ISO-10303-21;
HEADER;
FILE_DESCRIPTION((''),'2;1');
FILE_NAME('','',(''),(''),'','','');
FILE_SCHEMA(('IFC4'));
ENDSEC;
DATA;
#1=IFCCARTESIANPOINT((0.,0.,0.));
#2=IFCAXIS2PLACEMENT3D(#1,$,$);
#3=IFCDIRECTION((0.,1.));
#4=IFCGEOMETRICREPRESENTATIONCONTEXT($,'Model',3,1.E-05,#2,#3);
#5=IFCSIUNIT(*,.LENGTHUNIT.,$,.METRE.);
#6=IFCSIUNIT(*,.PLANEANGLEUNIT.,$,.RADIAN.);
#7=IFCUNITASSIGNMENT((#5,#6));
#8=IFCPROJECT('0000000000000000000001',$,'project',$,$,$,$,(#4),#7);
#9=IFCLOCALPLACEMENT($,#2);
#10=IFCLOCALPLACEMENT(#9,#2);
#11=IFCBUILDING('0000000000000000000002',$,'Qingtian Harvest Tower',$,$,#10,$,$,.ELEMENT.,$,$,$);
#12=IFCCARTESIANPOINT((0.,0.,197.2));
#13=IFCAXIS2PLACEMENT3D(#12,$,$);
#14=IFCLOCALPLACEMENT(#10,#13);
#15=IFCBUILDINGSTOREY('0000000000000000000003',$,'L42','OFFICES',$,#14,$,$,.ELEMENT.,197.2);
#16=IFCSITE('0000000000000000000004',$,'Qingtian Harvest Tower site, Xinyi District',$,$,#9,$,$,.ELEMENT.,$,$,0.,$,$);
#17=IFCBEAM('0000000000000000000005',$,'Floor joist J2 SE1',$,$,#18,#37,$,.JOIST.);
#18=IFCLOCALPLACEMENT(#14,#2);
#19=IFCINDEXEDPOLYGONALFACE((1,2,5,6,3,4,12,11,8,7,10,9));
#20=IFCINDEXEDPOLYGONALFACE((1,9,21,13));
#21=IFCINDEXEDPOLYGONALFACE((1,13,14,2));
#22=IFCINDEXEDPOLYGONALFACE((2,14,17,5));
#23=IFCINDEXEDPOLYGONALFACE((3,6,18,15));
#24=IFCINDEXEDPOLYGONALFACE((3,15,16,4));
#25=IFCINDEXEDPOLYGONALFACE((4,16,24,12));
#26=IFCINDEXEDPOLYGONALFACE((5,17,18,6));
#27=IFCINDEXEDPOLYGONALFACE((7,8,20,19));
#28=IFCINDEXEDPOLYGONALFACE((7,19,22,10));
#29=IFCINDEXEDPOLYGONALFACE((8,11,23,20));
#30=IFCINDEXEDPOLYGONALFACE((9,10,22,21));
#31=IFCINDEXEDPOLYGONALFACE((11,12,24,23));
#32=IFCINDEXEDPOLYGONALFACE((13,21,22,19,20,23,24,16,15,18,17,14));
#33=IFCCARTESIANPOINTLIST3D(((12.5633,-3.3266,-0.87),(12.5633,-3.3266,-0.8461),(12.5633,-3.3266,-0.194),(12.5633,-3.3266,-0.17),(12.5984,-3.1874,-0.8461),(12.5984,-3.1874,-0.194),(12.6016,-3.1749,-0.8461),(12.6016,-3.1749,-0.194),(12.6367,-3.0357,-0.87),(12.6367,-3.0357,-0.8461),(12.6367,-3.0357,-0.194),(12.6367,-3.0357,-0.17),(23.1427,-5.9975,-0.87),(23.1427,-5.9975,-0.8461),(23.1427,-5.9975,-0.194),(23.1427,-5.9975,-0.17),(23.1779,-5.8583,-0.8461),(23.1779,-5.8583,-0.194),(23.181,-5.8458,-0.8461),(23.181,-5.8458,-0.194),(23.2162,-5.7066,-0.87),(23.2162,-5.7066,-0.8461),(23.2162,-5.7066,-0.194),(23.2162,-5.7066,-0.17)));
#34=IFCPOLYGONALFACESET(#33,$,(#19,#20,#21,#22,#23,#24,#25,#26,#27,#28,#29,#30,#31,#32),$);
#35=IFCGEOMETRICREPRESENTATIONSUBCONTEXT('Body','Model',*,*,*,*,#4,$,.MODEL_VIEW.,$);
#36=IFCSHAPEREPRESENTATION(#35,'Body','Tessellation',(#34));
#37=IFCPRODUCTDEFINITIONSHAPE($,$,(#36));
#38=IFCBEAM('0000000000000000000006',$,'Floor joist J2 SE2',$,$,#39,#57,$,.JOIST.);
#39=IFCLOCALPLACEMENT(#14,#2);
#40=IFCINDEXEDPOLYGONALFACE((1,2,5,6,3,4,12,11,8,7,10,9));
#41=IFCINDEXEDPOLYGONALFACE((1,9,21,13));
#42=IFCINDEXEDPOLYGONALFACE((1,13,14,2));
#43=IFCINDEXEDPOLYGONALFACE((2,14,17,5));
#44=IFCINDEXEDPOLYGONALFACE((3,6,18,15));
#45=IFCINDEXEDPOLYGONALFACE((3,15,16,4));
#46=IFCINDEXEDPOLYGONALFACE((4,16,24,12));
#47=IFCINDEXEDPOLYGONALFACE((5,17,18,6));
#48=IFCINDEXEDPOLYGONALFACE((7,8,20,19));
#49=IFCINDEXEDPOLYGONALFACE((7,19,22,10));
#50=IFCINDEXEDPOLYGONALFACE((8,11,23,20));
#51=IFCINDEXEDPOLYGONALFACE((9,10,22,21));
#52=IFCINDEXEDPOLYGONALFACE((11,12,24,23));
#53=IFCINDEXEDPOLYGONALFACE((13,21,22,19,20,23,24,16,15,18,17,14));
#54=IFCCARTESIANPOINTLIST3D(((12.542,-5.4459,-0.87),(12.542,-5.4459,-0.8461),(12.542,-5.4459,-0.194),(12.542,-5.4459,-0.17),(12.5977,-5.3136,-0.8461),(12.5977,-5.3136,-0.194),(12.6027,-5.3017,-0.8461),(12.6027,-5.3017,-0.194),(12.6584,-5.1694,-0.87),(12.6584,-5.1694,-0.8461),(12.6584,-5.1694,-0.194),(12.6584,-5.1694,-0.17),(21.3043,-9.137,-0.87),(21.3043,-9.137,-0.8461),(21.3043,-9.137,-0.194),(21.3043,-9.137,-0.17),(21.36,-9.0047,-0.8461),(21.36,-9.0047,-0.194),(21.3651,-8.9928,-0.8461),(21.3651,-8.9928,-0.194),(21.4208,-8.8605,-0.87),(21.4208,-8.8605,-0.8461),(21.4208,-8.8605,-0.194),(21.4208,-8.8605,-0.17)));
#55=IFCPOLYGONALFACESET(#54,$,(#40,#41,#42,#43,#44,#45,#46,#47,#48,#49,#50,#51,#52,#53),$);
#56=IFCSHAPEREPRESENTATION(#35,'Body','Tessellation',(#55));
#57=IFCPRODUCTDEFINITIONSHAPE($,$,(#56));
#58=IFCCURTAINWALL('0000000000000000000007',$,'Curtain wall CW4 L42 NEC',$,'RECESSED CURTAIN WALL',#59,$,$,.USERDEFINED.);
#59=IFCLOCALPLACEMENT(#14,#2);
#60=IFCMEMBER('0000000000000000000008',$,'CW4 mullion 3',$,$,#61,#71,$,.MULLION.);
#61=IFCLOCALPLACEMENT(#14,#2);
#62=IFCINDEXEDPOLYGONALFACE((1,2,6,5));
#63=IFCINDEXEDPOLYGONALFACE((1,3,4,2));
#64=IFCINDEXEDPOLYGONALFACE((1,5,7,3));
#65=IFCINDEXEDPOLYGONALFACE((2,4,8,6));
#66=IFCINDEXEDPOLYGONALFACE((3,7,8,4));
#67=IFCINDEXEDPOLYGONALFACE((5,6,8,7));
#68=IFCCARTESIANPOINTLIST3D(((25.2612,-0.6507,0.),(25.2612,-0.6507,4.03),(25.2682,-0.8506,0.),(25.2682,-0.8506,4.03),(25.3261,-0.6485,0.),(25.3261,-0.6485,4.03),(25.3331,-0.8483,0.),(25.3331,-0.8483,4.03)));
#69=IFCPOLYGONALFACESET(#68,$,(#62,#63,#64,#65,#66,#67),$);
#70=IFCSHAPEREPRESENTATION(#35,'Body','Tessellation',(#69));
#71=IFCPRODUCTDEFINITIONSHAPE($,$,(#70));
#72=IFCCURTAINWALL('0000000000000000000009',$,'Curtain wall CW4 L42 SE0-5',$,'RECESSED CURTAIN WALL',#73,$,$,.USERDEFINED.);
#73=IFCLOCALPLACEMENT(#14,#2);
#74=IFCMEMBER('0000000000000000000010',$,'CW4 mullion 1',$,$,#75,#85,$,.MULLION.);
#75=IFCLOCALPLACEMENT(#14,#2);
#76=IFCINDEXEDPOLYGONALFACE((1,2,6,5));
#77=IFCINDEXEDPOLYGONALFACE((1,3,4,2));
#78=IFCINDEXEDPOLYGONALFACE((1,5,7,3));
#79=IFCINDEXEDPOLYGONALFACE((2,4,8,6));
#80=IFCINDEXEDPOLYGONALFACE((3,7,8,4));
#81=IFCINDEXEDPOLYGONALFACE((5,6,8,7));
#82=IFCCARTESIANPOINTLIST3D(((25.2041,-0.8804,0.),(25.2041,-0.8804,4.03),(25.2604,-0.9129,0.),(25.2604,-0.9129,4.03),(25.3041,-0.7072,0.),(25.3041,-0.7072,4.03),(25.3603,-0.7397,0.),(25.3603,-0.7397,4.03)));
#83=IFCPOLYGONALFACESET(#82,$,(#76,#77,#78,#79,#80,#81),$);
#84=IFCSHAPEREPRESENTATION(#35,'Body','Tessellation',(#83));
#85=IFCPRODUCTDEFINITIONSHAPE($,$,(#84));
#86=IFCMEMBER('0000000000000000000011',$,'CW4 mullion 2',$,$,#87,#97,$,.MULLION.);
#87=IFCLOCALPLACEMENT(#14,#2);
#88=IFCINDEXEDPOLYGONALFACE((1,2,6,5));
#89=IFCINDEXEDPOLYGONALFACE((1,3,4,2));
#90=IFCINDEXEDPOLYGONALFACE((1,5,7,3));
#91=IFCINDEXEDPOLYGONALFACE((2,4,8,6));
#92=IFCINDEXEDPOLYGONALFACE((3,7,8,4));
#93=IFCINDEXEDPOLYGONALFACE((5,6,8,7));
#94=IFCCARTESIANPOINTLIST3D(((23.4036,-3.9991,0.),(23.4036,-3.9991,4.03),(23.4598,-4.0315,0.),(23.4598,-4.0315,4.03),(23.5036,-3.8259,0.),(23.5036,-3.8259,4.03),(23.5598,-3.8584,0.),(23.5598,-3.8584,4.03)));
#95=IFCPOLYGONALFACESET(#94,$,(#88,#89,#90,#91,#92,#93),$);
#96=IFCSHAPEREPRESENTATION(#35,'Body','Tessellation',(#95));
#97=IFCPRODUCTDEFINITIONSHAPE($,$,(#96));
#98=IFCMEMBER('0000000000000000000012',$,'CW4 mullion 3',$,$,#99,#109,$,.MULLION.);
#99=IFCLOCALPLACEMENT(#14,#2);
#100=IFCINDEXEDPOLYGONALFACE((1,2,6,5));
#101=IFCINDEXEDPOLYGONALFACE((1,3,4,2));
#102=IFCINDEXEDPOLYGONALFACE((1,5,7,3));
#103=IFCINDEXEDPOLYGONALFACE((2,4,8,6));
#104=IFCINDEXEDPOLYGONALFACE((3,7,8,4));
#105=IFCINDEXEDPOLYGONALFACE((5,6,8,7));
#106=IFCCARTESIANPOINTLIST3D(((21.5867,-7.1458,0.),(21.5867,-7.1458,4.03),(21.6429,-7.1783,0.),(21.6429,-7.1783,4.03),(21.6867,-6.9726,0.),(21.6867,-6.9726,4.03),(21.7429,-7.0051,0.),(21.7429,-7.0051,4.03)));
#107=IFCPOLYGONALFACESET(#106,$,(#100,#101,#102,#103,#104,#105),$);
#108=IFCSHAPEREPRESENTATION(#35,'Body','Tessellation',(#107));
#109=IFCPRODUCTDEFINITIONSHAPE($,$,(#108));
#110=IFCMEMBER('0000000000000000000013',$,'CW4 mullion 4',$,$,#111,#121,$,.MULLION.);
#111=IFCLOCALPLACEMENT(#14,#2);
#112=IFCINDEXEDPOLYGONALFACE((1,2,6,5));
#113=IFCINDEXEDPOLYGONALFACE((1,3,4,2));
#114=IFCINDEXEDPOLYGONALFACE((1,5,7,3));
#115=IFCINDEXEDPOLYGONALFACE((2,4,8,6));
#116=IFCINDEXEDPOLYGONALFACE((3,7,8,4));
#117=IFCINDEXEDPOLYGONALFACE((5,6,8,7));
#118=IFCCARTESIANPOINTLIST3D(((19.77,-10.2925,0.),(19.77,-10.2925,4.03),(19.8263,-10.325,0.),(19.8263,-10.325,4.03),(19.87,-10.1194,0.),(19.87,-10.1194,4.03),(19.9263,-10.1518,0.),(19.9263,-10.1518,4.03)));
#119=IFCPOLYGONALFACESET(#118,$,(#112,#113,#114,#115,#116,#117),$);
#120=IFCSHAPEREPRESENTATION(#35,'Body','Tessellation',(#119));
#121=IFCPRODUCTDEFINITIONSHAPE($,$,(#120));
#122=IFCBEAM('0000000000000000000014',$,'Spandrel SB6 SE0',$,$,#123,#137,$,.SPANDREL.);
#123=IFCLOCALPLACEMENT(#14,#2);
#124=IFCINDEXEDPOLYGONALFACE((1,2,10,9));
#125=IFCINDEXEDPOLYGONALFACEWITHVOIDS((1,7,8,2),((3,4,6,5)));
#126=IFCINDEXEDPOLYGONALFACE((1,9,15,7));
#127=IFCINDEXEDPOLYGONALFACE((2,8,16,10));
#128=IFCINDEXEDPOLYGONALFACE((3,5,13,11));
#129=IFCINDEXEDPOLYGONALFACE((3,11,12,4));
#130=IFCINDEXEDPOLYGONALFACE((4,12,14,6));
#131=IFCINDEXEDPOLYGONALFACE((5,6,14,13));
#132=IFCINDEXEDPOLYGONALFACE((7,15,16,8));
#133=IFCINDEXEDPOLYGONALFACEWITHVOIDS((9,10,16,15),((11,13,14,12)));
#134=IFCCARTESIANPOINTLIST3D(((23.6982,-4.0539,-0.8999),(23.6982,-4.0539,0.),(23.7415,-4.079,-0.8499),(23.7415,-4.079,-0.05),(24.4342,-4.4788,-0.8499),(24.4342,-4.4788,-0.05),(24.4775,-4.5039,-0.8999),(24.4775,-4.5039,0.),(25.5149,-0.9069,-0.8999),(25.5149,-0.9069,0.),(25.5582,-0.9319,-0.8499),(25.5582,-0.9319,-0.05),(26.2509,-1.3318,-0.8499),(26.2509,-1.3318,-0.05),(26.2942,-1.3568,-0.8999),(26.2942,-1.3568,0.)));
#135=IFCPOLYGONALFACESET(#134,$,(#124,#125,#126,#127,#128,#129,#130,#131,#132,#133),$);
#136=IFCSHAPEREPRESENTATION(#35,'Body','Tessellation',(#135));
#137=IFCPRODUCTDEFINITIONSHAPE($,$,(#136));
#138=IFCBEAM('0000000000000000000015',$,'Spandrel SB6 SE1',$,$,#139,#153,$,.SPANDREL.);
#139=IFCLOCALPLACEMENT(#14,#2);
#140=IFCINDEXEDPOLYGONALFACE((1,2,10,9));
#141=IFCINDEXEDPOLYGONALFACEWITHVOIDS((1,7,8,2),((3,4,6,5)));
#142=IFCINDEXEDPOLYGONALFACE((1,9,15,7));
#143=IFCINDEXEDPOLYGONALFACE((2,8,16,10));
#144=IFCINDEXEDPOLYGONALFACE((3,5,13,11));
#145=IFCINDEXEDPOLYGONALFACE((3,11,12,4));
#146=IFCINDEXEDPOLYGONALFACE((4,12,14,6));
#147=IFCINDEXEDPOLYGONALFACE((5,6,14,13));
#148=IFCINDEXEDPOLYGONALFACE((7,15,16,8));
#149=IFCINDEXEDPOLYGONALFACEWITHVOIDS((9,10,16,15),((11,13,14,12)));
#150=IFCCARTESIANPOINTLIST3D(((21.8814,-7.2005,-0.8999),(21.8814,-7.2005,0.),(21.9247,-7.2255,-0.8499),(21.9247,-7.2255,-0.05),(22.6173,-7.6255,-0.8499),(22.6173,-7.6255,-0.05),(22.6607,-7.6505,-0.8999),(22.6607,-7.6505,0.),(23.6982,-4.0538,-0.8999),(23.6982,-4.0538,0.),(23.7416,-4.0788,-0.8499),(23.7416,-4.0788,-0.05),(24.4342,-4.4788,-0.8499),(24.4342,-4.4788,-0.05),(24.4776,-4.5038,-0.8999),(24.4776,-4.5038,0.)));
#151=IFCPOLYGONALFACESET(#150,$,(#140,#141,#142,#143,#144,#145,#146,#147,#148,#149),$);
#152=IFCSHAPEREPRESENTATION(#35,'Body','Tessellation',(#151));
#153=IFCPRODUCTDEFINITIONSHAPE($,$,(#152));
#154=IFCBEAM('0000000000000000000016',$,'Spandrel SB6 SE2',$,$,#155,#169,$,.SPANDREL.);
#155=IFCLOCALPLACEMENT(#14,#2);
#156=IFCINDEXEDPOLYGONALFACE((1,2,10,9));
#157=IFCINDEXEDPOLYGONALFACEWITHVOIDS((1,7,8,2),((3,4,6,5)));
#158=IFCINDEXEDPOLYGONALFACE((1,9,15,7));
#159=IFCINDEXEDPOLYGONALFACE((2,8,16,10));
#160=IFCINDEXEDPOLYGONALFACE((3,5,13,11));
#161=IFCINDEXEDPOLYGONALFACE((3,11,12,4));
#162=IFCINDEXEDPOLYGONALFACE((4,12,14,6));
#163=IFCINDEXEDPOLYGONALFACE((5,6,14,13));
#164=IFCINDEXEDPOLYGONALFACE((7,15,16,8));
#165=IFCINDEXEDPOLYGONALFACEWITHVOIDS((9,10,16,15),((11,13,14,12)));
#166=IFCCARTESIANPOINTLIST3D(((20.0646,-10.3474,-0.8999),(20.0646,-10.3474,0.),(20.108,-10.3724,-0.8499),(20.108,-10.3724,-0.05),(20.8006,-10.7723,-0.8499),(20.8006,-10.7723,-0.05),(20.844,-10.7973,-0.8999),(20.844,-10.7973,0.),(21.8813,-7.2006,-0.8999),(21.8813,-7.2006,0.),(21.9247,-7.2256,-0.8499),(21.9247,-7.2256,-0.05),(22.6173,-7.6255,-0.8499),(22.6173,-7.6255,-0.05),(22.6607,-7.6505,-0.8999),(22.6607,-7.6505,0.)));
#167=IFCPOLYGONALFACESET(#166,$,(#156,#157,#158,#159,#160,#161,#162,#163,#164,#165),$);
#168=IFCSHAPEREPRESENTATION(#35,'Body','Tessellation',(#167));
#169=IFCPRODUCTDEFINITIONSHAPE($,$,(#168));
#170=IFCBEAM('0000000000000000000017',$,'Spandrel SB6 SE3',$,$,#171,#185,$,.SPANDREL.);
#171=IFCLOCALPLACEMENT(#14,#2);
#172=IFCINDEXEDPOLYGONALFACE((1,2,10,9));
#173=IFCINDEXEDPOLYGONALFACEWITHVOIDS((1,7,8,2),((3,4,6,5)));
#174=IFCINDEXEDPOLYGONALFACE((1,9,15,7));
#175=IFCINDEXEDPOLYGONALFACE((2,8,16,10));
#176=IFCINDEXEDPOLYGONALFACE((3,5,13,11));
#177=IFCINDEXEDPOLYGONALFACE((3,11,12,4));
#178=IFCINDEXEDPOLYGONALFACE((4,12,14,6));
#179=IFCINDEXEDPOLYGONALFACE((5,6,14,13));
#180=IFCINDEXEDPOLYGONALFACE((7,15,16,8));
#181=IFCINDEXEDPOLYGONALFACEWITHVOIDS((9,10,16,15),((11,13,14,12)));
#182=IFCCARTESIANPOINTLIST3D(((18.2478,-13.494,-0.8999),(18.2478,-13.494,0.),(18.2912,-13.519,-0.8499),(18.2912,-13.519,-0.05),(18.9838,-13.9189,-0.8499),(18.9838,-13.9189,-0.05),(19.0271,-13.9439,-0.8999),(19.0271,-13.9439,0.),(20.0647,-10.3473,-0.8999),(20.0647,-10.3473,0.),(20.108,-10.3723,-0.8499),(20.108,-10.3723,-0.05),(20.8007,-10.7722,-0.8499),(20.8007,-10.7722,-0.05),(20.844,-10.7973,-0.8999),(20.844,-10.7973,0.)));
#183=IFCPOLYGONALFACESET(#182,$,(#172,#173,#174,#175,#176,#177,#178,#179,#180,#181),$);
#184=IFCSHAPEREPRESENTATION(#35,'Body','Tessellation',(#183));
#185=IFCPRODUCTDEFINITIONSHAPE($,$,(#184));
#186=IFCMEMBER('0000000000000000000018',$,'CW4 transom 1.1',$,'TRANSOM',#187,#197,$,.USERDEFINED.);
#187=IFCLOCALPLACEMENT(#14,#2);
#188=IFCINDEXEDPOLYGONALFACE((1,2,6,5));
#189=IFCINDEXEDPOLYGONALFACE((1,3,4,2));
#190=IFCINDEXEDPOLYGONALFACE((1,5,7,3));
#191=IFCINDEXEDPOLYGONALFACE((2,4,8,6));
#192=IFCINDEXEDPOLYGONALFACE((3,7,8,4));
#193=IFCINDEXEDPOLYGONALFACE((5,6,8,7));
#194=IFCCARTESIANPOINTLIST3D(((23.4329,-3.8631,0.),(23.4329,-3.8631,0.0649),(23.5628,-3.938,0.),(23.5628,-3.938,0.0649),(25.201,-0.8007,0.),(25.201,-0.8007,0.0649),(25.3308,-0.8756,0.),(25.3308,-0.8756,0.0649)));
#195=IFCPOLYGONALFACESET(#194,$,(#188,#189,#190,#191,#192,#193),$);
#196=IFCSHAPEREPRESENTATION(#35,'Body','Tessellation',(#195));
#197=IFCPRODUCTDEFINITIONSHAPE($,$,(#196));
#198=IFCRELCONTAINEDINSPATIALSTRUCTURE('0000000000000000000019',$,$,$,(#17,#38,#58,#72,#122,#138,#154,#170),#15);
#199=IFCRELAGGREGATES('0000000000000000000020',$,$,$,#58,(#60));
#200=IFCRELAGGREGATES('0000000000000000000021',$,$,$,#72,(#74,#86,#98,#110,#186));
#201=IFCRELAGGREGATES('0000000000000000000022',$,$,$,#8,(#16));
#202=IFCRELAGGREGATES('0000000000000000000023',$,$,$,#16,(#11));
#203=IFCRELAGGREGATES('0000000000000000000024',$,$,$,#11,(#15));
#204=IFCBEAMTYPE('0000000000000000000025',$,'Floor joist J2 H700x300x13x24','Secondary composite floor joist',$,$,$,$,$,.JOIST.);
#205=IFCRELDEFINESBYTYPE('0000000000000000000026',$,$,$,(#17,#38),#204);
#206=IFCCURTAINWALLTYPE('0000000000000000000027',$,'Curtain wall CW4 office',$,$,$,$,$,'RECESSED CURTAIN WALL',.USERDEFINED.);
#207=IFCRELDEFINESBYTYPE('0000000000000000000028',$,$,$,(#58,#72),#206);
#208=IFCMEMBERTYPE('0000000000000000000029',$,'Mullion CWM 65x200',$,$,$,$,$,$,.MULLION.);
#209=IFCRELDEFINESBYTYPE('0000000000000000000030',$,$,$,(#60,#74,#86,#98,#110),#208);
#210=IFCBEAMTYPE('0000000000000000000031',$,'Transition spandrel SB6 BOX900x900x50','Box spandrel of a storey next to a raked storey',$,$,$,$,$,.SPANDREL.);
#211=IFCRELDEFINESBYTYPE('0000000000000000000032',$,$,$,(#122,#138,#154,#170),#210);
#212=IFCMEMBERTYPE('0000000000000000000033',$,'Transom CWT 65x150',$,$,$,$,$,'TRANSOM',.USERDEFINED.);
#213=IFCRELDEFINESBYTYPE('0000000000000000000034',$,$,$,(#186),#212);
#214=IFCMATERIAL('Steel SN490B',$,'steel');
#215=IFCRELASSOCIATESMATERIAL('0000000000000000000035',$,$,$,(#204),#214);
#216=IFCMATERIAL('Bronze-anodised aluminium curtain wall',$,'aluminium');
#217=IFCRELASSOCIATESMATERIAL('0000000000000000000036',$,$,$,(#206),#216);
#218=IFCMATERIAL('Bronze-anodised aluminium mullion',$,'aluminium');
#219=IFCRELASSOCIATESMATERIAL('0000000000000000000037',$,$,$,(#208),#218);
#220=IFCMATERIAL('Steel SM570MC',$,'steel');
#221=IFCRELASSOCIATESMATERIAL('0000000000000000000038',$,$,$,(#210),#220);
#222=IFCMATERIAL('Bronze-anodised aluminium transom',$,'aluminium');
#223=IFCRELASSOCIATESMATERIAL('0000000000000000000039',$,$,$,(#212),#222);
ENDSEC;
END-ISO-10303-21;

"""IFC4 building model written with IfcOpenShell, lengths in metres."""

from ifc_helpers import new_model, si_unit, direction, frame, origin, origin_2d, place, context, subcontext, project, spatial, rectangle, hollow_rectangle, i_section, extrude, material, material_profile, profile_set, type_object, element, aggregate, save


model = new_model("IFC4")

# Units and contexts
model_context = context("Model", 3, precision=1e-05, world=origin(), true_north=direction((0.0, 1.0)))
body_context = subcontext(model_context, "Body", "Model", "MODEL_VIEW")
ifc_project = project(units=[si_unit("LENGTHUNIT", "METRE"), si_unit("PLANEANGLEUNIT", "RADIAN")], contexts=[model_context])

# Site, building, storey
site_placement = place(None, origin())
site = spatial("IfcSite", under=ifc_project, at=site_placement, Name="Qingtian Harvest Tower site, Xinyi District", CompositionType="ELEMENT", RefElevation=0.0)
building_placement = place(site_placement, origin())
building = spatial("IfcBuilding", under=site, at=building_placement, Name="Qingtian Harvest Tower", CompositionType="ELEMENT")
storey_placement = place(building_placement, frame((0.0, 0.0, 197.2)))
storey = spatial("IfcBuildingStorey", under=building, at=storey_placement, Name="L42", Description="OFFICES", CompositionType="ELEMENT", Elevation=197.2)

# Beams
ifc_material_1 = material(Name="Steel SN490B", Category="steel")
ifc_material_profile_1 = material_profile(ifc_material_1, i_section(OverallWidth=0.3, OverallDepth=0.7, WebThickness=0.0129, FlangeThickness=0.0239, at=origin_2d()), Name="H700x300x13x24")
ifc_profile_set_1 = profile_set([ifc_material_profile_1], Name="Steel SN490B")
beam_type_1 = type_object("IfcBeamType", Name="Floor joist J2 H700x300x13x24", Description="Secondary composite floor joist", PredefinedType="JOIST", material=ifc_profile_set_1)
beam_1_placement = place(storey_placement, frame((23.1794, -5.8521, -0.52), z_axis=(-0.969578, 0.244783, 0.0), x_axis=(-0.244783, -0.969578, 0.0)))
element("IfcBeam", 1, at=beam_1_placement, inside=storey, type_object=beam_type_1, Name="Floor joist J2 SE1", PredefinedType="JOIST", context=body_context, shape_type="SweptSolid", body=[
    extrude(i_section(OverallWidth=0.3, OverallDepth=0.7, WebThickness=0.0129, FlangeThickness=0.0239, at=origin_2d()), origin(), (0.0, 0.0, 1.0), 10.9114),
])
beam_2_placement = place(storey_placement, frame((21.3625, -8.9988, -0.52), z_axis=(-0.921571, 0.38821, 0.0), x_axis=(-0.38821, -0.921571, 0.0)))
element("IfcBeam", 2, at=beam_2_placement, inside=storey, type_object=beam_type_1, Name="Floor joist J2 SE2", PredefinedType="JOIST", context=body_context, shape_type="SweptSolid", body=[
    extrude(i_section(OverallWidth=0.3, OverallDepth=0.7, WebThickness=0.0129, FlangeThickness=0.0239, at=origin_2d()), origin(), (0.0, 0.0, 1.0), 9.5081),
])

# Curtain wall, member
ifc_material_2 = material(Name="Bronze-anodised aluminium curtain wall", Category="aluminium")
curtain_wall_type = type_object("IfcCurtainWallType", Name="Curtain wall CW4 office", ElementType="RECESSED CURTAIN WALL", PredefinedType="USERDEFINED", material=ifc_material_2)
curtain_wall_1_placement = place(storey_placement, origin())
curtain_wall_1 = element("IfcCurtainWall", 3, at=curtain_wall_1_placement, inside=storey, type_object=curtain_wall_type, Name="Curtain wall CW4 L42 NEC", ObjectType="RECESSED CURTAIN WALL", PredefinedType="USERDEFINED")
ifc_material_3 = material(Name="Bronze-anodised aluminium mullion", Category="aluminium")
ifc_material_profile_2 = material_profile(ifc_material_3, rectangle(XDim=0.0649, YDim=0.2, at=origin_2d()), Name="AL 65x200")
ifc_profile_set_2 = profile_set([ifc_material_profile_2], Name="Bronze-anodised aluminium mullion")
member_type_1 = type_object("IfcMemberType", Name="Mullion CWM 65x200", PredefinedType="MULLION", material=ifc_profile_set_2)
member_1_placement = place(storey_placement, frame((25.2971, -0.7495, 0.0), z_axis=(0.0, 0.0, 1.0), x_axis=(0.999391, 0.034899, 0.0)))
member_1 = element("IfcMember", 4, at=member_1_placement, type_object=member_type_1, Name="CW4 mullion 3", PredefinedType="MULLION", context=body_context, shape_type="SweptSolid", body=[
    extrude(rectangle(XDim=0.0649, YDim=0.2, at=origin_2d()), origin(), (0.0, 0.0, 1.0), 4.03),
])
aggregate(curtain_wall_1, [member_1])

# Curtain wall, members
curtain_wall_2_placement = place(storey_placement, origin())
curtain_wall_2 = element("IfcCurtainWall", 5, at=curtain_wall_2_placement, inside=storey, type_object=curtain_wall_type, Name="Curtain wall CW4 L42 SE0-5", ObjectType="RECESSED CURTAIN WALL", PredefinedType="USERDEFINED")
member_2_placement = place(storey_placement, frame((25.2822, -0.8101, 0.0), z_axis=(0.0, 0.0, 1.0), x_axis=(0.866025, -0.5, 0.0)))
member_2 = element("IfcMember", 6, at=member_2_placement, type_object=member_type_1, Name="CW4 mullion 1", PredefinedType="MULLION", context=body_context, shape_type="SweptSolid", body=[
    extrude(rectangle(XDim=0.0649, YDim=0.2, at=origin_2d()), origin(), (0.0, 0.0, 1.0), 4.03),
])
member_3_placement = place(storey_placement, frame((23.4817, -3.9287, 0.0), z_axis=(0.0, 0.0, 1.0), x_axis=(0.866025, -0.5, 0.0)))
member_3 = element("IfcMember", 7, at=member_3_placement, type_object=member_type_1, Name="CW4 mullion 2", PredefinedType="MULLION", context=body_context, shape_type="SweptSolid", body=[
    extrude(rectangle(XDim=0.0649, YDim=0.2, at=origin_2d()), origin(), (0.0, 0.0, 1.0), 4.03),
])
member_4_placement = place(storey_placement, frame((21.6648, -7.0754, 0.0), z_axis=(0.0, 0.0, 1.0), x_axis=(0.866025, -0.5, 0.0)))
member_4 = element("IfcMember", 8, at=member_4_placement, type_object=member_type_1, Name="CW4 mullion 3", PredefinedType="MULLION", context=body_context, shape_type="SweptSolid", body=[
    extrude(rectangle(XDim=0.0649, YDim=0.2, at=origin_2d()), origin(), (0.0, 0.0, 1.0), 4.03),
])
member_5_placement = place(storey_placement, frame((19.8481, -10.2222, 0.0), z_axis=(0.0, 0.0, 1.0), x_axis=(0.866025, -0.5, 0.0)))
member_5 = element("IfcMember", 9, at=member_5_placement, type_object=member_type_1, Name="CW4 mullion 4", PredefinedType="MULLION", context=body_context, shape_type="SweptSolid", body=[
    extrude(rectangle(XDim=0.0649, YDim=0.2, at=origin_2d()), origin(), (0.0, 0.0, 1.0), 4.03),
])

# Beams
ifc_material_4 = material(Name="Steel SM570MC", Category="steel")
ifc_material_profile_3 = material_profile(ifc_material_4, hollow_rectangle(XDim=0.8999, YDim=0.8999, WallThickness=0.05, at=origin_2d()), Name="BOX900x900x50")
ifc_profile_set_3 = profile_set([ifc_material_profile_3], Name="Steel SM570MC")
beam_type_2 = type_object("IfcBeamType", Name="Transition spandrel SB6 BOX900x900x50", Description="Box spandrel of a storey next to a raked storey", PredefinedType="SPANDREL", material=ifc_profile_set_3)
beam_3_placement = place(storey_placement, frame((25.9045, -1.1318, -0.45), z_axis=(-0.499947, -0.866056, 0.0), x_axis=(0.866056, -0.499947, 0.0)))
element("IfcBeam", 10, at=beam_3_placement, inside=storey, type_object=beam_type_2, Name="Spandrel SB6 SE0", PredefinedType="SPANDREL", context=body_context, shape_type="SweptSolid", body=[
    extrude(hollow_rectangle(XDim=0.8999, YDim=0.8999, WallThickness=0.05, at=origin_2d()), origin(), (0.0, 0.0, 1.0), 3.6338),
])
for number, where, z_axis, x_axis, name in (
    (11, (24.0879, -4.2788, -0.45), (-0.500027, -0.86601, 0.0), (0.86601, -0.500027, 0.0), "Spandrel SB6 SE1"),
    (12, (22.271, -7.4255, -0.45), (-0.499976, -0.866039, 0.0), (0.866039, -0.499976, 0.0), "Spandrel SB6 SE2"),
    (13, (20.4543, -10.5723, -0.45), (-0.500027, -0.86601, 0.0), (0.86601, -0.500027, 0.0), "Spandrel SB6 SE3"),
):
    element("IfcBeam", number, at=place(storey_placement, frame(where, z_axis=z_axis, x_axis=x_axis)), inside=storey, type_object=beam_type_2, Name=name, PredefinedType="SPANDREL", context=body_context, shape_type="SweptSolid", body=[
        extrude(hollow_rectangle(XDim=0.8999, YDim=0.8999, WallThickness=0.05, at=origin_2d()), origin(), (0.0, 0.0, 1.0), 3.6335),
    ])

# Member
ifc_material_5 = material(Name="Bronze-anodised aluminium transom", Category="aluminium")
ifc_material_profile_4 = material_profile(ifc_material_5, rectangle(XDim=0.1499, YDim=0.0649, at=origin_2d()), Name="AL 65x150")
ifc_profile_set_4 = profile_set([ifc_material_profile_4], Name="Bronze-anodised aluminium transom")
member_type_2 = type_object("IfcMemberType", Name="Transom CWT 65x150", ElementType="TRANSOM", PredefinedType="USERDEFINED", material=ifc_profile_set_4)
member_6_placement = place(storey_placement, frame((25.2659, -0.8381, 0.0325), z_axis=(-0.499985, -0.866034, 0.0), x_axis=(0.866034, -0.499985, 0.0)))
member_6 = element("IfcMember", 14, at=member_6_placement, type_object=member_type_2, Name="CW4 transom 1.1", ObjectType="TRANSOM", PredefinedType="USERDEFINED", context=body_context, shape_type="SweptSolid", body=[
    extrude(rectangle(XDim=0.1499, YDim=0.0649, at=origin_2d()), origin(), (0.0, 0.0, 1.0), 3.5361),
])

aggregate(curtain_wall_2, [member_2, member_3, member_4, member_5, member_6])

save(model, "model.ifc")
